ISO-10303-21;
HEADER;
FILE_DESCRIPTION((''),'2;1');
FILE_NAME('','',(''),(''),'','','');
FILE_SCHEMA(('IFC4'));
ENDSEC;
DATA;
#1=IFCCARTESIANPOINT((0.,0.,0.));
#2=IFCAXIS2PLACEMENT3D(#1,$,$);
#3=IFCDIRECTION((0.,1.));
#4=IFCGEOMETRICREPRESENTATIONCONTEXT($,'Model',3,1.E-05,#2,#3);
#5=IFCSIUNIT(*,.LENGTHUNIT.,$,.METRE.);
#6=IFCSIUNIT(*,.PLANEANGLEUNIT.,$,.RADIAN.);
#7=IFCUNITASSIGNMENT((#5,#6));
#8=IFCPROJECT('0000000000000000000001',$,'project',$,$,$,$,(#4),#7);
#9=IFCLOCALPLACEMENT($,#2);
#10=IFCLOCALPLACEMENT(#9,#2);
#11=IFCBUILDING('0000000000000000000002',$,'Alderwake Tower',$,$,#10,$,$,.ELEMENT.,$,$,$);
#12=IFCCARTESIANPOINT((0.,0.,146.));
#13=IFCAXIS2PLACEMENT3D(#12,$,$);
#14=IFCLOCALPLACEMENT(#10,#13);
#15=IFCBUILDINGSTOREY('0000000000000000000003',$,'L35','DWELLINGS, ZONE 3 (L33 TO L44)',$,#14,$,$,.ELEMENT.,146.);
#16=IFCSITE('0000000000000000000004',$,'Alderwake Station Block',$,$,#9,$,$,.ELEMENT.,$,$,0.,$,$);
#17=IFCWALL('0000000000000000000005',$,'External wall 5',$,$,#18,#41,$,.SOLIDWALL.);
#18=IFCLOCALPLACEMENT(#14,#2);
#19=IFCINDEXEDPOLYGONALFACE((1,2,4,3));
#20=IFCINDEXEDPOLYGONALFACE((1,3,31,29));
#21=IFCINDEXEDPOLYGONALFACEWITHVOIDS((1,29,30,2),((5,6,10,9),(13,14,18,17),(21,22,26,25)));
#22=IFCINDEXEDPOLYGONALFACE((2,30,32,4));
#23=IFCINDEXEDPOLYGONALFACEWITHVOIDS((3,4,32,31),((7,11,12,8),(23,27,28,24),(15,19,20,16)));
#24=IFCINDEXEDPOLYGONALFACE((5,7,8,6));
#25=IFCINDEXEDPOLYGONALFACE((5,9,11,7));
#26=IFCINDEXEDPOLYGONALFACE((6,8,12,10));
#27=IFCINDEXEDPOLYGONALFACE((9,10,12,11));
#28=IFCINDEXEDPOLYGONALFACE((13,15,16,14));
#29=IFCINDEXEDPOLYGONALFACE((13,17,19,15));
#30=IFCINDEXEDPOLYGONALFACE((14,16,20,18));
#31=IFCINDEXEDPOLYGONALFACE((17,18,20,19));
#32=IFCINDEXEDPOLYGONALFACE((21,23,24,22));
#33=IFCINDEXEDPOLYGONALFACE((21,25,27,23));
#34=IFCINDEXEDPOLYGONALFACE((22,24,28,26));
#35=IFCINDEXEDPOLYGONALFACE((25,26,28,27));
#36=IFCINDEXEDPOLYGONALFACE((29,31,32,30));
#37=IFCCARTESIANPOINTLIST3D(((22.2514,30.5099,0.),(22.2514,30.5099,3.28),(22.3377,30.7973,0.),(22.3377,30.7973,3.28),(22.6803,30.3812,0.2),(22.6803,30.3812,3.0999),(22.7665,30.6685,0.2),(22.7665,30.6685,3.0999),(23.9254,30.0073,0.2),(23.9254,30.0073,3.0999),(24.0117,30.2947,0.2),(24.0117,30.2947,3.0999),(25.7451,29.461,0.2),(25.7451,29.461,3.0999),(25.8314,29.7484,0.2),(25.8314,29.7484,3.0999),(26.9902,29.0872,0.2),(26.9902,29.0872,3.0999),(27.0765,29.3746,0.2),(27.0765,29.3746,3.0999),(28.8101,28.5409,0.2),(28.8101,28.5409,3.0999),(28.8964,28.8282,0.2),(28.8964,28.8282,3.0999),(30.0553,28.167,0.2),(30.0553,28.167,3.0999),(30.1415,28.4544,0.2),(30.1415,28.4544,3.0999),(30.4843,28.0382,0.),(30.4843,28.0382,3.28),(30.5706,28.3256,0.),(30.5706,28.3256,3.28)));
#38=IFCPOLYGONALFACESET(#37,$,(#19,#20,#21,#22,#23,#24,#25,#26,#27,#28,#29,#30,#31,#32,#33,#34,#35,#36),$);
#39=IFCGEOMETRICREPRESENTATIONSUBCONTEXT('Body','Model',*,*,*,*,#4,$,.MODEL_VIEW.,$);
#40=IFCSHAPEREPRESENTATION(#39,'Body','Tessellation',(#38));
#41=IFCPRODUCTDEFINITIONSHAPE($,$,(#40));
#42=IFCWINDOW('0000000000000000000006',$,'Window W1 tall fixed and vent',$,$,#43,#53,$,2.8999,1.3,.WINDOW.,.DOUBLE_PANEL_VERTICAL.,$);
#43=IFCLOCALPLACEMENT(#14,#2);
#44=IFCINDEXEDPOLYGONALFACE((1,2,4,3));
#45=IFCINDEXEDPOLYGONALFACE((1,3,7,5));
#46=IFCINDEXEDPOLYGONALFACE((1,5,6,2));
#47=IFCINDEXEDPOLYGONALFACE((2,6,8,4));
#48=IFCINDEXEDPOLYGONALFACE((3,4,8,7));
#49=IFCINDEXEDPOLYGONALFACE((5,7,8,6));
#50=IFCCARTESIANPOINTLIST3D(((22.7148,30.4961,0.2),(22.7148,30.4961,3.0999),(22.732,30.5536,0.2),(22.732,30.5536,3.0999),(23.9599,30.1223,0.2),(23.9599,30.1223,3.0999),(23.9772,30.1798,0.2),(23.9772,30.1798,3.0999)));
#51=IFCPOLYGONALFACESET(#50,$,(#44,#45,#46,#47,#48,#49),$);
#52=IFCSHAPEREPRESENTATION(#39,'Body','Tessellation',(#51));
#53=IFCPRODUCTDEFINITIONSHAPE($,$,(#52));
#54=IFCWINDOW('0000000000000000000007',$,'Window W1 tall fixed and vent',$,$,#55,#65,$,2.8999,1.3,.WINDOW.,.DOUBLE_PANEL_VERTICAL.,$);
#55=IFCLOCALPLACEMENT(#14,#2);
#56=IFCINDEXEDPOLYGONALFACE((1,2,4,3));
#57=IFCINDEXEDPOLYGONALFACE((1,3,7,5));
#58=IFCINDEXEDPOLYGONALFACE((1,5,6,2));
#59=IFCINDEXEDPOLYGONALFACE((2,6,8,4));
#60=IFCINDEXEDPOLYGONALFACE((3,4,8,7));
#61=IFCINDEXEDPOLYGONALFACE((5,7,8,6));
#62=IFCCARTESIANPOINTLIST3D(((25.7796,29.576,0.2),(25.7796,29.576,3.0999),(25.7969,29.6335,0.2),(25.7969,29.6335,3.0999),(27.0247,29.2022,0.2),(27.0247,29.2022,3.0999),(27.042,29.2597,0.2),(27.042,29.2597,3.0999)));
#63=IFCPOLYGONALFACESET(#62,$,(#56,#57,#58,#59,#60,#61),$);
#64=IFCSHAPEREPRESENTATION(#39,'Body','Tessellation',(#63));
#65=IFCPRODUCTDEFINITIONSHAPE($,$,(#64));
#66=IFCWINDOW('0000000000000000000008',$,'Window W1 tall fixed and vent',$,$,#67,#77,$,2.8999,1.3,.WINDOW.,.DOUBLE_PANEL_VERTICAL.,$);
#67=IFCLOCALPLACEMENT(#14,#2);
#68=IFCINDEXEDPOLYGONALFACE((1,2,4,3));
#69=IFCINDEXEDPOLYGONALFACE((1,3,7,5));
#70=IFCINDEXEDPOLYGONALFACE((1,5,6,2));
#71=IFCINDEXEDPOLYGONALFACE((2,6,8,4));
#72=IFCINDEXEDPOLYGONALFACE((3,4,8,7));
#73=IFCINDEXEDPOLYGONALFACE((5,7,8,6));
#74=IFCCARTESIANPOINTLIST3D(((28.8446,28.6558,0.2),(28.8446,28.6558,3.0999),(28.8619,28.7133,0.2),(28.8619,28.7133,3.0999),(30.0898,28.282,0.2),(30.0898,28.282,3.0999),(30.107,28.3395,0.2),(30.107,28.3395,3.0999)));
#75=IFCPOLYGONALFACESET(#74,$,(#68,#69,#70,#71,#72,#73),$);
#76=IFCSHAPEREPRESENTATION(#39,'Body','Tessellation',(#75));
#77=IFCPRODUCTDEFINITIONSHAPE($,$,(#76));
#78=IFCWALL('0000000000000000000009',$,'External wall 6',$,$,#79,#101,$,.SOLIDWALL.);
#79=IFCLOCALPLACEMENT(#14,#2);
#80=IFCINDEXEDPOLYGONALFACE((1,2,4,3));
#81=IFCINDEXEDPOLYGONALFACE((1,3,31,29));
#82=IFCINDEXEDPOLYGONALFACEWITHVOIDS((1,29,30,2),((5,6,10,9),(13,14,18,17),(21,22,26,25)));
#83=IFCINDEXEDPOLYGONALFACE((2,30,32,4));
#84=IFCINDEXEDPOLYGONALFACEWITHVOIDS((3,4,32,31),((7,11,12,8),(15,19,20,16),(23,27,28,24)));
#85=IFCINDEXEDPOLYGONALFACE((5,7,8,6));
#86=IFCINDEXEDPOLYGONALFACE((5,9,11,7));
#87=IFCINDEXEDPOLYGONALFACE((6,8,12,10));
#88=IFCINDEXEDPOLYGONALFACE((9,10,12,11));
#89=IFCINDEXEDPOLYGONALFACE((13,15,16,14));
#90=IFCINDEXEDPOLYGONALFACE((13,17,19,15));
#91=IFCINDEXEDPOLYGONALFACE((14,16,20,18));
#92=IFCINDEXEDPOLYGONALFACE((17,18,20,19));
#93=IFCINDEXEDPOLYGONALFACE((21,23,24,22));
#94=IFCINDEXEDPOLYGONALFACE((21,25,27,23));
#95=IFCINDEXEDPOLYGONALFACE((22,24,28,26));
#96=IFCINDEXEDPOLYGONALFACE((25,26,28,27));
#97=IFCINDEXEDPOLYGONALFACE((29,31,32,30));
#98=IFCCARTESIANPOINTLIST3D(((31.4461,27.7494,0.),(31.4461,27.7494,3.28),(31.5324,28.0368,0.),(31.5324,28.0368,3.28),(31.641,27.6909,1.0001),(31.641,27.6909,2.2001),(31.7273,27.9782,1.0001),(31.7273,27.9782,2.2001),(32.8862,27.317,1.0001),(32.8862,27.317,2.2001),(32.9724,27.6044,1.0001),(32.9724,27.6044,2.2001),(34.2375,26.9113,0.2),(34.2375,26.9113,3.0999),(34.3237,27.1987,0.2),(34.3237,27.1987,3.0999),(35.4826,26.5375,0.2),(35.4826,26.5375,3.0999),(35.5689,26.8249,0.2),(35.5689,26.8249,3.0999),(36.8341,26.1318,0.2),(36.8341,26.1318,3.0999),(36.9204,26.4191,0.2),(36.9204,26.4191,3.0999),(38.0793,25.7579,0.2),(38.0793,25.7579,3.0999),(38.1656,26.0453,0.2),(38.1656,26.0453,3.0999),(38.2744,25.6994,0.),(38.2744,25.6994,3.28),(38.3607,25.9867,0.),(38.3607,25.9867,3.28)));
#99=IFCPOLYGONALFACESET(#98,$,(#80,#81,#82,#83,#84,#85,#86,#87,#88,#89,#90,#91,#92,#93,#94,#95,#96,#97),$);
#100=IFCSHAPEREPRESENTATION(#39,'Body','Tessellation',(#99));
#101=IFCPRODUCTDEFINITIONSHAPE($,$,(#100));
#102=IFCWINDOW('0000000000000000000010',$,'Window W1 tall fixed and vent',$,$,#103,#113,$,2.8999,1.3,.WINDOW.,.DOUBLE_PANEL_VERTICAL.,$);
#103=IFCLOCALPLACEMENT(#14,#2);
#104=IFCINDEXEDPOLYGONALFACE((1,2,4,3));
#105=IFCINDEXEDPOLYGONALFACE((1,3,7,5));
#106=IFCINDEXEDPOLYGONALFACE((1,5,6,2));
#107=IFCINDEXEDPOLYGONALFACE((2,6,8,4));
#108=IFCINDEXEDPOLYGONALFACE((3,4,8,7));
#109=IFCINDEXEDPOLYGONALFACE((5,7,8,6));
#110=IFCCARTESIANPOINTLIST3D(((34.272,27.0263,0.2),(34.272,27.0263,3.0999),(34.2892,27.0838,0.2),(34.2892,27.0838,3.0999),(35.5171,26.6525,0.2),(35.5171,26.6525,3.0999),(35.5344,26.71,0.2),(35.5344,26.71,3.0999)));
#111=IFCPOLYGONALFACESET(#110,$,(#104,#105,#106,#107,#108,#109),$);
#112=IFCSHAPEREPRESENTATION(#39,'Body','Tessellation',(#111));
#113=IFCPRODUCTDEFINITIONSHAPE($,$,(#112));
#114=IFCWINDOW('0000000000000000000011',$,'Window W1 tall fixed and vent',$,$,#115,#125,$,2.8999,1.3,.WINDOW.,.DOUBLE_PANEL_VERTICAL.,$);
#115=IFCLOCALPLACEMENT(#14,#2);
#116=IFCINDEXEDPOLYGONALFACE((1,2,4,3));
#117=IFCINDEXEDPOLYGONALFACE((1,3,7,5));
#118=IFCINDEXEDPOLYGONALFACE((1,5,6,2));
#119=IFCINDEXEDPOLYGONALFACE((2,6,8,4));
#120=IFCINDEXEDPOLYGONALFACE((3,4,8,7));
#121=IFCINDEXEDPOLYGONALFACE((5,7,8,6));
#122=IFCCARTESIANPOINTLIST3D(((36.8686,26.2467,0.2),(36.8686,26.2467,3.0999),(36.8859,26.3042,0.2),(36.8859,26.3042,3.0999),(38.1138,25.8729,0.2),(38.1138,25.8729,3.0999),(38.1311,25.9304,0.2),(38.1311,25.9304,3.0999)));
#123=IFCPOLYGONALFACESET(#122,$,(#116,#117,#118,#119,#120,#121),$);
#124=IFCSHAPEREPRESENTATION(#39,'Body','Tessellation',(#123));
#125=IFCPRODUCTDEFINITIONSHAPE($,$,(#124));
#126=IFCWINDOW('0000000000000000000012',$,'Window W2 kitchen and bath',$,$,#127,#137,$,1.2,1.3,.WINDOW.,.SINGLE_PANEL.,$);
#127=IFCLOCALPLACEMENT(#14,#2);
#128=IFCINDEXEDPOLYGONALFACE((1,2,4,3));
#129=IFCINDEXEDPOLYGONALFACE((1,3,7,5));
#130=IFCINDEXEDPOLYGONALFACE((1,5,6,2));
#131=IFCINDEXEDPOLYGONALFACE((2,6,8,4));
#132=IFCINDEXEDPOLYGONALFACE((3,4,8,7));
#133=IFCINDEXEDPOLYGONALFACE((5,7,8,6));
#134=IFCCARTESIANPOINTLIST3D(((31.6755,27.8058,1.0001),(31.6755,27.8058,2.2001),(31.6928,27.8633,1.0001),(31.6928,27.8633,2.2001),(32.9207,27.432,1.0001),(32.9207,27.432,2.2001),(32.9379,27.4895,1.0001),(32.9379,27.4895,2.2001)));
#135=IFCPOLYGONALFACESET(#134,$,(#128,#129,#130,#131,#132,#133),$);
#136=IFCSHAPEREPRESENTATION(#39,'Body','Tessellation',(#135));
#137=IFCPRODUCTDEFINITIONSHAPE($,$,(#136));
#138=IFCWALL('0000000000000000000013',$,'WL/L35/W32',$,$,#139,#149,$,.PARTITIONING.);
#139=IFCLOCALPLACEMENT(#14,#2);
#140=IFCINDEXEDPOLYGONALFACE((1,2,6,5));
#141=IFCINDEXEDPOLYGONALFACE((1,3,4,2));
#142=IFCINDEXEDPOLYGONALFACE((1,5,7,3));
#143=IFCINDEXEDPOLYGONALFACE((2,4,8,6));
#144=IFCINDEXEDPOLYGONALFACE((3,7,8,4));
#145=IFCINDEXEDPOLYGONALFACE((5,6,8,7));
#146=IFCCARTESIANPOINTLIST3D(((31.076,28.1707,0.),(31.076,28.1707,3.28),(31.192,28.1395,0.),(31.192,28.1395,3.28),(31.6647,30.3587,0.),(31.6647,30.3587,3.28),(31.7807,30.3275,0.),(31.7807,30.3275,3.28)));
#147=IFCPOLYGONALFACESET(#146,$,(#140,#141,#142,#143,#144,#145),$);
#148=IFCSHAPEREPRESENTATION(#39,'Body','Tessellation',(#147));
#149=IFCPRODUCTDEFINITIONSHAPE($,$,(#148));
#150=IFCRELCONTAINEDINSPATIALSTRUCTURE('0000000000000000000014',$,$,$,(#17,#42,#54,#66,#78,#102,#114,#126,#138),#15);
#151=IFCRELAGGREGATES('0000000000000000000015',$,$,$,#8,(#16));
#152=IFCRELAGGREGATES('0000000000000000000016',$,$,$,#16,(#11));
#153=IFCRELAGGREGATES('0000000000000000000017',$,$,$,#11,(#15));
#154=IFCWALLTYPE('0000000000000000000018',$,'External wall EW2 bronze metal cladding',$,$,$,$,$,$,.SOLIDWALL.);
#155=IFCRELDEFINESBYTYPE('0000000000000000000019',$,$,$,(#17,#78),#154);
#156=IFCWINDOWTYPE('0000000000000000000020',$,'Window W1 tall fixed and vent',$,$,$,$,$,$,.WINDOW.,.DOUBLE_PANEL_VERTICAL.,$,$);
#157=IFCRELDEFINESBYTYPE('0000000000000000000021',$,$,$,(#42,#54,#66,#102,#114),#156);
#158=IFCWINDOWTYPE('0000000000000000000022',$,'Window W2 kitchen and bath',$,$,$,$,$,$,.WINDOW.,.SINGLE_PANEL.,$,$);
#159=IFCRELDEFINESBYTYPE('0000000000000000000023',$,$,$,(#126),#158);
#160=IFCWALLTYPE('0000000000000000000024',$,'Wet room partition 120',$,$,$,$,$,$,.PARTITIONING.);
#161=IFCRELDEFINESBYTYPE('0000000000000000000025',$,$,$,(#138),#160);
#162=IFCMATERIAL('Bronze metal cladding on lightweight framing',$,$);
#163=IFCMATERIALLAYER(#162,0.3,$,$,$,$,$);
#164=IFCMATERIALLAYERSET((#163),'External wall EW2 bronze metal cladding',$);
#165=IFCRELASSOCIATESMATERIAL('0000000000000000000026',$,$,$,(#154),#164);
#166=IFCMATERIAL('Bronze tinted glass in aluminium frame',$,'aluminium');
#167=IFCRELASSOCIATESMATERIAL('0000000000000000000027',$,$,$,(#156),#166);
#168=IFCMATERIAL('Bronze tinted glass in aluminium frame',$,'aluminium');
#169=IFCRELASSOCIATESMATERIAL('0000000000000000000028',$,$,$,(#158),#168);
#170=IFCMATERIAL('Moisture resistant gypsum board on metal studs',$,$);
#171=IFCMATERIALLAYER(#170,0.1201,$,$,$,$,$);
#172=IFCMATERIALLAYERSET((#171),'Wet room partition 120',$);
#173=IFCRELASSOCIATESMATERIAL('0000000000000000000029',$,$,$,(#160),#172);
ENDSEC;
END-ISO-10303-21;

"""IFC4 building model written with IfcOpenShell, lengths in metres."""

from ifc_helpers import new_model, si_unit, direction, frame, frame_2d, origin, place, context, subcontext, project, spatial, rectangle, extrude, material, layer, layer_set, type_object, element, fill, save


model = new_model("IFC4")

# Units and contexts
model_context = context("Model", 3, precision=1e-05, world=origin(), true_north=direction((0.0, 1.0)))
body_context = subcontext(model_context, "Body", "Model", "MODEL_VIEW")
ifc_project = project(units=[si_unit("LENGTHUNIT", "METRE"), si_unit("PLANEANGLEUNIT", "RADIAN")], contexts=[model_context])

# Site, building, storey
site_placement = place(None, origin())
site = spatial("IfcSite", under=ifc_project, at=site_placement, Name="Alderwake Station Block", CompositionType="ELEMENT", RefElevation=0.0)
building_placement = place(site_placement, origin())
building = spatial("IfcBuilding", under=site, at=building_placement, Name="Alderwake Tower", CompositionType="ELEMENT")
storey_placement = place(building_placement, frame((0.0, 0.0, 146.0)))
storey = spatial("IfcBuildingStorey", under=building, at=storey_placement, Name="L35", Description="DWELLINGS, ZONE 3 (L33 TO L44)", CompositionType="ELEMENT", Elevation=146.0)

# Walls, openings, windows
ifc_material_1 = material(Name="Bronze metal cladding on lightweight framing")
ifc_layer_1 = layer(ifc_material_1, 0.3)
ifc_layer_set_1 = layer_set([ifc_layer_1], Name="External wall EW2 bronze metal cladding")
wall_type_1 = type_object("IfcWallType", Name="External wall EW2 bronze metal cladding", PredefinedType="SOLIDWALL", material=ifc_layer_set_1)
wall_1_placement = place(storey_placement, frame((22.2947, 30.6536, 0.0), z_axis=(0.0, 0.0, 1.0), x_axis=(0.957768, -0.287541, 0.0)))
wall_1 = element("IfcWall", 1, at=wall_1_placement, inside=storey, type_object=wall_type_1, Name="External wall 5", PredefinedType="SOLIDWALL", context=body_context, shape_type="SweptSolid", body=[
    extrude(rectangle(XDim=8.5959, YDim=0.3, at=frame_2d((4.2979, 0.0))), origin(), (0.0, 0.0, 1.0), 3.28),
])
opening_1_placement = place(wall_1_placement, frame((0.4478, 0.0, 0.2)))
opening_1 = element("IfcOpeningElement", 2, at=opening_1_placement, cuts=wall_1, PredefinedType="OPENING", context=body_context, shape_type="SweptSolid", body=[
    extrude(rectangle(XDim=1.3, YDim=2.8999, at=frame_2d((0.6499, 1.45))), frame((0.0, 0.1599, 0.0), z_axis=(0.0, -1.0, 0.0), x_axis=(1.0, 0.0, 0.0)), (0.0, 0.0, 1.0), 0.3201),
])
opening_2_placement = place(wall_1_placement, frame((3.6477, 0.0, 0.2)))
opening_2 = element("IfcOpeningElement", 3, at=opening_2_placement, cuts=wall_1, PredefinedType="OPENING", context=body_context, shape_type="SweptSolid", body=[
    extrude(rectangle(XDim=1.3, YDim=2.8999, at=frame_2d((0.6499, 1.45))), frame((0.0, 0.1599, 0.0), z_axis=(0.0, -1.0, 0.0), x_axis=(1.0, 0.0, 0.0)), (0.0, 0.0, 1.0), 0.3201),
])
opening_3_placement = place(wall_1_placement, frame((6.8479, 0.0, 0.2)))
opening_3 = element("IfcOpeningElement", 4, at=opening_3_placement, cuts=wall_1, PredefinedType="OPENING", context=body_context, shape_type="SweptSolid", body=[
    extrude(rectangle(XDim=1.3, YDim=2.8999, at=frame_2d((0.6499, 1.45))), frame((0.0, 0.1599, 0.0), z_axis=(0.0, -1.0, 0.0), x_axis=(1.0, 0.0, 0.0)), (0.0, 0.0, 1.0), 0.3201),
])
ifc_material_2 = material(Name="Bronze tinted glass in aluminium frame", Category="aluminium")
window_type_1 = type_object("IfcWindowType", Name="Window W1 tall fixed and vent", PartitioningType="DOUBLE_PANEL_VERTICAL", PredefinedType="WINDOW", material=ifc_material_2)
window_1_placement = place(opening_1_placement, origin())
window_1 = element("IfcWindow", 5, at=window_1_placement, inside=storey, type_object=window_type_1, Name="Window W1 tall fixed and vent", OverallHeight=2.8999, OverallWidth=1.3, PartitioningType="DOUBLE_PANEL_VERTICAL", PredefinedType="WINDOW", context=body_context, shape_type="SweptSolid", body=[
    extrude(rectangle(XDim=1.3, YDim=2.8999, at=frame_2d((0.6499, 1.45))), frame((0.0, 0.03, 0.0), z_axis=(0.0, -1.0, 0.0), x_axis=(1.0, 0.0, 0.0)), (0.0, 0.0, 1.0), 0.0601),
])
fill(opening_1, window_1)
window_2_placement = place(opening_2_placement, origin())
window_2 = element("IfcWindow", 6, at=window_2_placement, inside=storey, type_object=window_type_1, Name="Window W1 tall fixed and vent", OverallHeight=2.8999, OverallWidth=1.3, PartitioningType="DOUBLE_PANEL_VERTICAL", PredefinedType="WINDOW", context=body_context, shape_type="SweptSolid", body=[
    extrude(rectangle(XDim=1.3, YDim=2.8999, at=frame_2d((0.6499, 1.45))), frame((0.0, 0.03, 0.0), z_axis=(0.0, -1.0, 0.0), x_axis=(1.0, 0.0, 0.0)), (0.0, 0.0, 1.0), 0.0601),
])
fill(opening_2, window_2)
window_3_placement = place(opening_3_placement, origin())
window_3 = element("IfcWindow", 7, at=window_3_placement, inside=storey, type_object=window_type_1, Name="Window W1 tall fixed and vent", OverallHeight=2.8999, OverallWidth=1.3, PartitioningType="DOUBLE_PANEL_VERTICAL", PredefinedType="WINDOW", context=body_context, shape_type="SweptSolid", body=[
    extrude(rectangle(XDim=1.3, YDim=2.8999, at=frame_2d((0.6499, 1.45))), frame((0.0, 0.03, 0.0), z_axis=(0.0, -1.0, 0.0), x_axis=(1.0, 0.0, 0.0)), (0.0, 0.0, 1.0), 0.0601),
])
fill(opening_3, window_3)
wall_2_placement = place(storey_placement, frame((31.4893, 27.8931, 0.0), z_axis=(0.0, 0.0, 1.0), x_axis=(0.957767, -0.287546, 0.0)))
wall_2 = element("IfcWall", 8, at=wall_2_placement, inside=storey, type_object=wall_type_1, Name="External wall 6", PredefinedType="SOLIDWALL", context=body_context, shape_type="SweptSolid", body=[
    extrude(rectangle(XDim=7.1294, YDim=0.3, at=frame_2d((3.5647, 0.0))), origin(), (0.0, 0.0, 1.0), 3.28),
])
opening_4_placement = place(wall_2_placement, frame((0.2036, 0.0, 1.0)))
opening_4 = element("IfcOpeningElement", 9, at=opening_4_placement, cuts=wall_2, PredefinedType="OPENING", context=body_context, shape_type="SweptSolid", body=[
    extrude(rectangle(XDim=1.3, YDim=1.2, at=frame_2d((0.6499, 0.6001))), frame((0.0, 0.1599, 0.0), z_axis=(0.0, -1.0, 0.0), x_axis=(1.0, 0.0, 0.0)), (0.0, 0.0, 1.0), 0.3201),
])
opening_5_placement = place(wall_2_placement, frame((2.9146, 0.0, 0.2)))
opening_5 = element("IfcOpeningElement", 10, at=opening_5_placement, cuts=wall_2, PredefinedType="OPENING", context=body_context, shape_type="SweptSolid", body=[
    extrude(rectangle(XDim=1.3, YDim=2.8999, at=frame_2d((0.6499, 1.45))), frame((0.0, 0.1599, 0.0), z_axis=(0.0, -1.0, 0.0), x_axis=(1.0, 0.0, 0.0)), (0.0, 0.0, 1.0), 0.3201),
])
opening_6_placement = place(wall_2_placement, frame((5.6257, 0.0, 0.2)))
opening_6 = element("IfcOpeningElement", 11, at=opening_6_placement, cuts=wall_2, PredefinedType="OPENING", context=body_context, shape_type="SweptSolid", body=[
    extrude(rectangle(XDim=1.3, YDim=2.8999, at=frame_2d((0.6499, 1.45))), frame((0.0, 0.1599, 0.0), z_axis=(0.0, -1.0, 0.0), x_axis=(1.0, 0.0, 0.0)), (0.0, 0.0, 1.0), 0.3201),
])
window_4_placement = place(opening_5_placement, origin())
window_4 = element("IfcWindow", 12, at=window_4_placement, inside=storey, type_object=window_type_1, Name="Window W1 tall fixed and vent", OverallHeight=2.8999, OverallWidth=1.3, PartitioningType="DOUBLE_PANEL_VERTICAL", PredefinedType="WINDOW", context=body_context, shape_type="SweptSolid", body=[
    extrude(rectangle(XDim=1.3, YDim=2.8999, at=frame_2d((0.6499, 1.45))), frame((0.0, 0.03, 0.0), z_axis=(0.0, -1.0, 0.0), x_axis=(1.0, 0.0, 0.0)), (0.0, 0.0, 1.0), 0.0601),
])
fill(opening_5, window_4)
window_5_placement = place(opening_6_placement, origin())
window_5 = element("IfcWindow", 13, at=window_5_placement, inside=storey, type_object=window_type_1, Name="Window W1 tall fixed and vent", OverallHeight=2.8999, OverallWidth=1.3, PartitioningType="DOUBLE_PANEL_VERTICAL", PredefinedType="WINDOW", context=body_context, shape_type="SweptSolid", body=[
    extrude(rectangle(XDim=1.3, YDim=2.8999, at=frame_2d((0.6499, 1.45))), frame((0.0, 0.03, 0.0), z_axis=(0.0, -1.0, 0.0), x_axis=(1.0, 0.0, 0.0)), (0.0, 0.0, 1.0), 0.0601),
])
fill(opening_6, window_5)
ifc_material_3 = material(Name="Bronze tinted glass in aluminium frame", Category="aluminium")
window_type_2 = type_object("IfcWindowType", Name="Window W2 kitchen and bath", PartitioningType="SINGLE_PANEL", PredefinedType="WINDOW", material=ifc_material_3)
window_6_placement = place(opening_4_placement, origin())
window_6 = element("IfcWindow", 14, at=window_6_placement, inside=storey, type_object=window_type_2, Name="Window W2 kitchen and bath", OverallHeight=1.2, OverallWidth=1.3, PartitioningType="SINGLE_PANEL", PredefinedType="WINDOW", context=body_context, shape_type="SweptSolid", body=[
    extrude(rectangle(XDim=1.3, YDim=1.2, at=frame_2d((0.6499, 0.6001))), frame((0.0, 0.03, 0.0), z_axis=(0.0, -1.0, 0.0), x_axis=(1.0, 0.0, 0.0)), (0.0, 0.0, 1.0), 0.0601),
])
fill(opening_4, window_6)

# Wall
ifc_material_4 = material(Name="Moisture resistant gypsum board on metal studs")
ifc_layer_2 = layer(ifc_material_4, 0.1201)
ifc_layer_set_2 = layer_set([ifc_layer_2], Name="Wet room partition 120")
wall_type_2 = type_object("IfcWallType", Name="Wet room partition 120", PredefinedType="PARTITIONING", material=ifc_layer_set_2)
wall_3_placement = place(storey_placement, frame((31.7227, 30.343, 0.0), z_axis=(0.0, 0.0, 1.0), x_axis=(-0.259788, -0.965666, 0.0)))
element("IfcWall", 15, at=wall_3_placement, inside=storey, type_object=wall_type_2, Name="WL/L35/W32", PredefinedType="PARTITIONING", context=body_context, shape_type="SweptSolid", body=[
    extrude(rectangle(XDim=2.2659, YDim=0.1201, at=frame_2d((1.1328, 0.0))), origin(), (0.0, 0.0, 1.0), 3.28),
])

save(model, "model.ifc")
